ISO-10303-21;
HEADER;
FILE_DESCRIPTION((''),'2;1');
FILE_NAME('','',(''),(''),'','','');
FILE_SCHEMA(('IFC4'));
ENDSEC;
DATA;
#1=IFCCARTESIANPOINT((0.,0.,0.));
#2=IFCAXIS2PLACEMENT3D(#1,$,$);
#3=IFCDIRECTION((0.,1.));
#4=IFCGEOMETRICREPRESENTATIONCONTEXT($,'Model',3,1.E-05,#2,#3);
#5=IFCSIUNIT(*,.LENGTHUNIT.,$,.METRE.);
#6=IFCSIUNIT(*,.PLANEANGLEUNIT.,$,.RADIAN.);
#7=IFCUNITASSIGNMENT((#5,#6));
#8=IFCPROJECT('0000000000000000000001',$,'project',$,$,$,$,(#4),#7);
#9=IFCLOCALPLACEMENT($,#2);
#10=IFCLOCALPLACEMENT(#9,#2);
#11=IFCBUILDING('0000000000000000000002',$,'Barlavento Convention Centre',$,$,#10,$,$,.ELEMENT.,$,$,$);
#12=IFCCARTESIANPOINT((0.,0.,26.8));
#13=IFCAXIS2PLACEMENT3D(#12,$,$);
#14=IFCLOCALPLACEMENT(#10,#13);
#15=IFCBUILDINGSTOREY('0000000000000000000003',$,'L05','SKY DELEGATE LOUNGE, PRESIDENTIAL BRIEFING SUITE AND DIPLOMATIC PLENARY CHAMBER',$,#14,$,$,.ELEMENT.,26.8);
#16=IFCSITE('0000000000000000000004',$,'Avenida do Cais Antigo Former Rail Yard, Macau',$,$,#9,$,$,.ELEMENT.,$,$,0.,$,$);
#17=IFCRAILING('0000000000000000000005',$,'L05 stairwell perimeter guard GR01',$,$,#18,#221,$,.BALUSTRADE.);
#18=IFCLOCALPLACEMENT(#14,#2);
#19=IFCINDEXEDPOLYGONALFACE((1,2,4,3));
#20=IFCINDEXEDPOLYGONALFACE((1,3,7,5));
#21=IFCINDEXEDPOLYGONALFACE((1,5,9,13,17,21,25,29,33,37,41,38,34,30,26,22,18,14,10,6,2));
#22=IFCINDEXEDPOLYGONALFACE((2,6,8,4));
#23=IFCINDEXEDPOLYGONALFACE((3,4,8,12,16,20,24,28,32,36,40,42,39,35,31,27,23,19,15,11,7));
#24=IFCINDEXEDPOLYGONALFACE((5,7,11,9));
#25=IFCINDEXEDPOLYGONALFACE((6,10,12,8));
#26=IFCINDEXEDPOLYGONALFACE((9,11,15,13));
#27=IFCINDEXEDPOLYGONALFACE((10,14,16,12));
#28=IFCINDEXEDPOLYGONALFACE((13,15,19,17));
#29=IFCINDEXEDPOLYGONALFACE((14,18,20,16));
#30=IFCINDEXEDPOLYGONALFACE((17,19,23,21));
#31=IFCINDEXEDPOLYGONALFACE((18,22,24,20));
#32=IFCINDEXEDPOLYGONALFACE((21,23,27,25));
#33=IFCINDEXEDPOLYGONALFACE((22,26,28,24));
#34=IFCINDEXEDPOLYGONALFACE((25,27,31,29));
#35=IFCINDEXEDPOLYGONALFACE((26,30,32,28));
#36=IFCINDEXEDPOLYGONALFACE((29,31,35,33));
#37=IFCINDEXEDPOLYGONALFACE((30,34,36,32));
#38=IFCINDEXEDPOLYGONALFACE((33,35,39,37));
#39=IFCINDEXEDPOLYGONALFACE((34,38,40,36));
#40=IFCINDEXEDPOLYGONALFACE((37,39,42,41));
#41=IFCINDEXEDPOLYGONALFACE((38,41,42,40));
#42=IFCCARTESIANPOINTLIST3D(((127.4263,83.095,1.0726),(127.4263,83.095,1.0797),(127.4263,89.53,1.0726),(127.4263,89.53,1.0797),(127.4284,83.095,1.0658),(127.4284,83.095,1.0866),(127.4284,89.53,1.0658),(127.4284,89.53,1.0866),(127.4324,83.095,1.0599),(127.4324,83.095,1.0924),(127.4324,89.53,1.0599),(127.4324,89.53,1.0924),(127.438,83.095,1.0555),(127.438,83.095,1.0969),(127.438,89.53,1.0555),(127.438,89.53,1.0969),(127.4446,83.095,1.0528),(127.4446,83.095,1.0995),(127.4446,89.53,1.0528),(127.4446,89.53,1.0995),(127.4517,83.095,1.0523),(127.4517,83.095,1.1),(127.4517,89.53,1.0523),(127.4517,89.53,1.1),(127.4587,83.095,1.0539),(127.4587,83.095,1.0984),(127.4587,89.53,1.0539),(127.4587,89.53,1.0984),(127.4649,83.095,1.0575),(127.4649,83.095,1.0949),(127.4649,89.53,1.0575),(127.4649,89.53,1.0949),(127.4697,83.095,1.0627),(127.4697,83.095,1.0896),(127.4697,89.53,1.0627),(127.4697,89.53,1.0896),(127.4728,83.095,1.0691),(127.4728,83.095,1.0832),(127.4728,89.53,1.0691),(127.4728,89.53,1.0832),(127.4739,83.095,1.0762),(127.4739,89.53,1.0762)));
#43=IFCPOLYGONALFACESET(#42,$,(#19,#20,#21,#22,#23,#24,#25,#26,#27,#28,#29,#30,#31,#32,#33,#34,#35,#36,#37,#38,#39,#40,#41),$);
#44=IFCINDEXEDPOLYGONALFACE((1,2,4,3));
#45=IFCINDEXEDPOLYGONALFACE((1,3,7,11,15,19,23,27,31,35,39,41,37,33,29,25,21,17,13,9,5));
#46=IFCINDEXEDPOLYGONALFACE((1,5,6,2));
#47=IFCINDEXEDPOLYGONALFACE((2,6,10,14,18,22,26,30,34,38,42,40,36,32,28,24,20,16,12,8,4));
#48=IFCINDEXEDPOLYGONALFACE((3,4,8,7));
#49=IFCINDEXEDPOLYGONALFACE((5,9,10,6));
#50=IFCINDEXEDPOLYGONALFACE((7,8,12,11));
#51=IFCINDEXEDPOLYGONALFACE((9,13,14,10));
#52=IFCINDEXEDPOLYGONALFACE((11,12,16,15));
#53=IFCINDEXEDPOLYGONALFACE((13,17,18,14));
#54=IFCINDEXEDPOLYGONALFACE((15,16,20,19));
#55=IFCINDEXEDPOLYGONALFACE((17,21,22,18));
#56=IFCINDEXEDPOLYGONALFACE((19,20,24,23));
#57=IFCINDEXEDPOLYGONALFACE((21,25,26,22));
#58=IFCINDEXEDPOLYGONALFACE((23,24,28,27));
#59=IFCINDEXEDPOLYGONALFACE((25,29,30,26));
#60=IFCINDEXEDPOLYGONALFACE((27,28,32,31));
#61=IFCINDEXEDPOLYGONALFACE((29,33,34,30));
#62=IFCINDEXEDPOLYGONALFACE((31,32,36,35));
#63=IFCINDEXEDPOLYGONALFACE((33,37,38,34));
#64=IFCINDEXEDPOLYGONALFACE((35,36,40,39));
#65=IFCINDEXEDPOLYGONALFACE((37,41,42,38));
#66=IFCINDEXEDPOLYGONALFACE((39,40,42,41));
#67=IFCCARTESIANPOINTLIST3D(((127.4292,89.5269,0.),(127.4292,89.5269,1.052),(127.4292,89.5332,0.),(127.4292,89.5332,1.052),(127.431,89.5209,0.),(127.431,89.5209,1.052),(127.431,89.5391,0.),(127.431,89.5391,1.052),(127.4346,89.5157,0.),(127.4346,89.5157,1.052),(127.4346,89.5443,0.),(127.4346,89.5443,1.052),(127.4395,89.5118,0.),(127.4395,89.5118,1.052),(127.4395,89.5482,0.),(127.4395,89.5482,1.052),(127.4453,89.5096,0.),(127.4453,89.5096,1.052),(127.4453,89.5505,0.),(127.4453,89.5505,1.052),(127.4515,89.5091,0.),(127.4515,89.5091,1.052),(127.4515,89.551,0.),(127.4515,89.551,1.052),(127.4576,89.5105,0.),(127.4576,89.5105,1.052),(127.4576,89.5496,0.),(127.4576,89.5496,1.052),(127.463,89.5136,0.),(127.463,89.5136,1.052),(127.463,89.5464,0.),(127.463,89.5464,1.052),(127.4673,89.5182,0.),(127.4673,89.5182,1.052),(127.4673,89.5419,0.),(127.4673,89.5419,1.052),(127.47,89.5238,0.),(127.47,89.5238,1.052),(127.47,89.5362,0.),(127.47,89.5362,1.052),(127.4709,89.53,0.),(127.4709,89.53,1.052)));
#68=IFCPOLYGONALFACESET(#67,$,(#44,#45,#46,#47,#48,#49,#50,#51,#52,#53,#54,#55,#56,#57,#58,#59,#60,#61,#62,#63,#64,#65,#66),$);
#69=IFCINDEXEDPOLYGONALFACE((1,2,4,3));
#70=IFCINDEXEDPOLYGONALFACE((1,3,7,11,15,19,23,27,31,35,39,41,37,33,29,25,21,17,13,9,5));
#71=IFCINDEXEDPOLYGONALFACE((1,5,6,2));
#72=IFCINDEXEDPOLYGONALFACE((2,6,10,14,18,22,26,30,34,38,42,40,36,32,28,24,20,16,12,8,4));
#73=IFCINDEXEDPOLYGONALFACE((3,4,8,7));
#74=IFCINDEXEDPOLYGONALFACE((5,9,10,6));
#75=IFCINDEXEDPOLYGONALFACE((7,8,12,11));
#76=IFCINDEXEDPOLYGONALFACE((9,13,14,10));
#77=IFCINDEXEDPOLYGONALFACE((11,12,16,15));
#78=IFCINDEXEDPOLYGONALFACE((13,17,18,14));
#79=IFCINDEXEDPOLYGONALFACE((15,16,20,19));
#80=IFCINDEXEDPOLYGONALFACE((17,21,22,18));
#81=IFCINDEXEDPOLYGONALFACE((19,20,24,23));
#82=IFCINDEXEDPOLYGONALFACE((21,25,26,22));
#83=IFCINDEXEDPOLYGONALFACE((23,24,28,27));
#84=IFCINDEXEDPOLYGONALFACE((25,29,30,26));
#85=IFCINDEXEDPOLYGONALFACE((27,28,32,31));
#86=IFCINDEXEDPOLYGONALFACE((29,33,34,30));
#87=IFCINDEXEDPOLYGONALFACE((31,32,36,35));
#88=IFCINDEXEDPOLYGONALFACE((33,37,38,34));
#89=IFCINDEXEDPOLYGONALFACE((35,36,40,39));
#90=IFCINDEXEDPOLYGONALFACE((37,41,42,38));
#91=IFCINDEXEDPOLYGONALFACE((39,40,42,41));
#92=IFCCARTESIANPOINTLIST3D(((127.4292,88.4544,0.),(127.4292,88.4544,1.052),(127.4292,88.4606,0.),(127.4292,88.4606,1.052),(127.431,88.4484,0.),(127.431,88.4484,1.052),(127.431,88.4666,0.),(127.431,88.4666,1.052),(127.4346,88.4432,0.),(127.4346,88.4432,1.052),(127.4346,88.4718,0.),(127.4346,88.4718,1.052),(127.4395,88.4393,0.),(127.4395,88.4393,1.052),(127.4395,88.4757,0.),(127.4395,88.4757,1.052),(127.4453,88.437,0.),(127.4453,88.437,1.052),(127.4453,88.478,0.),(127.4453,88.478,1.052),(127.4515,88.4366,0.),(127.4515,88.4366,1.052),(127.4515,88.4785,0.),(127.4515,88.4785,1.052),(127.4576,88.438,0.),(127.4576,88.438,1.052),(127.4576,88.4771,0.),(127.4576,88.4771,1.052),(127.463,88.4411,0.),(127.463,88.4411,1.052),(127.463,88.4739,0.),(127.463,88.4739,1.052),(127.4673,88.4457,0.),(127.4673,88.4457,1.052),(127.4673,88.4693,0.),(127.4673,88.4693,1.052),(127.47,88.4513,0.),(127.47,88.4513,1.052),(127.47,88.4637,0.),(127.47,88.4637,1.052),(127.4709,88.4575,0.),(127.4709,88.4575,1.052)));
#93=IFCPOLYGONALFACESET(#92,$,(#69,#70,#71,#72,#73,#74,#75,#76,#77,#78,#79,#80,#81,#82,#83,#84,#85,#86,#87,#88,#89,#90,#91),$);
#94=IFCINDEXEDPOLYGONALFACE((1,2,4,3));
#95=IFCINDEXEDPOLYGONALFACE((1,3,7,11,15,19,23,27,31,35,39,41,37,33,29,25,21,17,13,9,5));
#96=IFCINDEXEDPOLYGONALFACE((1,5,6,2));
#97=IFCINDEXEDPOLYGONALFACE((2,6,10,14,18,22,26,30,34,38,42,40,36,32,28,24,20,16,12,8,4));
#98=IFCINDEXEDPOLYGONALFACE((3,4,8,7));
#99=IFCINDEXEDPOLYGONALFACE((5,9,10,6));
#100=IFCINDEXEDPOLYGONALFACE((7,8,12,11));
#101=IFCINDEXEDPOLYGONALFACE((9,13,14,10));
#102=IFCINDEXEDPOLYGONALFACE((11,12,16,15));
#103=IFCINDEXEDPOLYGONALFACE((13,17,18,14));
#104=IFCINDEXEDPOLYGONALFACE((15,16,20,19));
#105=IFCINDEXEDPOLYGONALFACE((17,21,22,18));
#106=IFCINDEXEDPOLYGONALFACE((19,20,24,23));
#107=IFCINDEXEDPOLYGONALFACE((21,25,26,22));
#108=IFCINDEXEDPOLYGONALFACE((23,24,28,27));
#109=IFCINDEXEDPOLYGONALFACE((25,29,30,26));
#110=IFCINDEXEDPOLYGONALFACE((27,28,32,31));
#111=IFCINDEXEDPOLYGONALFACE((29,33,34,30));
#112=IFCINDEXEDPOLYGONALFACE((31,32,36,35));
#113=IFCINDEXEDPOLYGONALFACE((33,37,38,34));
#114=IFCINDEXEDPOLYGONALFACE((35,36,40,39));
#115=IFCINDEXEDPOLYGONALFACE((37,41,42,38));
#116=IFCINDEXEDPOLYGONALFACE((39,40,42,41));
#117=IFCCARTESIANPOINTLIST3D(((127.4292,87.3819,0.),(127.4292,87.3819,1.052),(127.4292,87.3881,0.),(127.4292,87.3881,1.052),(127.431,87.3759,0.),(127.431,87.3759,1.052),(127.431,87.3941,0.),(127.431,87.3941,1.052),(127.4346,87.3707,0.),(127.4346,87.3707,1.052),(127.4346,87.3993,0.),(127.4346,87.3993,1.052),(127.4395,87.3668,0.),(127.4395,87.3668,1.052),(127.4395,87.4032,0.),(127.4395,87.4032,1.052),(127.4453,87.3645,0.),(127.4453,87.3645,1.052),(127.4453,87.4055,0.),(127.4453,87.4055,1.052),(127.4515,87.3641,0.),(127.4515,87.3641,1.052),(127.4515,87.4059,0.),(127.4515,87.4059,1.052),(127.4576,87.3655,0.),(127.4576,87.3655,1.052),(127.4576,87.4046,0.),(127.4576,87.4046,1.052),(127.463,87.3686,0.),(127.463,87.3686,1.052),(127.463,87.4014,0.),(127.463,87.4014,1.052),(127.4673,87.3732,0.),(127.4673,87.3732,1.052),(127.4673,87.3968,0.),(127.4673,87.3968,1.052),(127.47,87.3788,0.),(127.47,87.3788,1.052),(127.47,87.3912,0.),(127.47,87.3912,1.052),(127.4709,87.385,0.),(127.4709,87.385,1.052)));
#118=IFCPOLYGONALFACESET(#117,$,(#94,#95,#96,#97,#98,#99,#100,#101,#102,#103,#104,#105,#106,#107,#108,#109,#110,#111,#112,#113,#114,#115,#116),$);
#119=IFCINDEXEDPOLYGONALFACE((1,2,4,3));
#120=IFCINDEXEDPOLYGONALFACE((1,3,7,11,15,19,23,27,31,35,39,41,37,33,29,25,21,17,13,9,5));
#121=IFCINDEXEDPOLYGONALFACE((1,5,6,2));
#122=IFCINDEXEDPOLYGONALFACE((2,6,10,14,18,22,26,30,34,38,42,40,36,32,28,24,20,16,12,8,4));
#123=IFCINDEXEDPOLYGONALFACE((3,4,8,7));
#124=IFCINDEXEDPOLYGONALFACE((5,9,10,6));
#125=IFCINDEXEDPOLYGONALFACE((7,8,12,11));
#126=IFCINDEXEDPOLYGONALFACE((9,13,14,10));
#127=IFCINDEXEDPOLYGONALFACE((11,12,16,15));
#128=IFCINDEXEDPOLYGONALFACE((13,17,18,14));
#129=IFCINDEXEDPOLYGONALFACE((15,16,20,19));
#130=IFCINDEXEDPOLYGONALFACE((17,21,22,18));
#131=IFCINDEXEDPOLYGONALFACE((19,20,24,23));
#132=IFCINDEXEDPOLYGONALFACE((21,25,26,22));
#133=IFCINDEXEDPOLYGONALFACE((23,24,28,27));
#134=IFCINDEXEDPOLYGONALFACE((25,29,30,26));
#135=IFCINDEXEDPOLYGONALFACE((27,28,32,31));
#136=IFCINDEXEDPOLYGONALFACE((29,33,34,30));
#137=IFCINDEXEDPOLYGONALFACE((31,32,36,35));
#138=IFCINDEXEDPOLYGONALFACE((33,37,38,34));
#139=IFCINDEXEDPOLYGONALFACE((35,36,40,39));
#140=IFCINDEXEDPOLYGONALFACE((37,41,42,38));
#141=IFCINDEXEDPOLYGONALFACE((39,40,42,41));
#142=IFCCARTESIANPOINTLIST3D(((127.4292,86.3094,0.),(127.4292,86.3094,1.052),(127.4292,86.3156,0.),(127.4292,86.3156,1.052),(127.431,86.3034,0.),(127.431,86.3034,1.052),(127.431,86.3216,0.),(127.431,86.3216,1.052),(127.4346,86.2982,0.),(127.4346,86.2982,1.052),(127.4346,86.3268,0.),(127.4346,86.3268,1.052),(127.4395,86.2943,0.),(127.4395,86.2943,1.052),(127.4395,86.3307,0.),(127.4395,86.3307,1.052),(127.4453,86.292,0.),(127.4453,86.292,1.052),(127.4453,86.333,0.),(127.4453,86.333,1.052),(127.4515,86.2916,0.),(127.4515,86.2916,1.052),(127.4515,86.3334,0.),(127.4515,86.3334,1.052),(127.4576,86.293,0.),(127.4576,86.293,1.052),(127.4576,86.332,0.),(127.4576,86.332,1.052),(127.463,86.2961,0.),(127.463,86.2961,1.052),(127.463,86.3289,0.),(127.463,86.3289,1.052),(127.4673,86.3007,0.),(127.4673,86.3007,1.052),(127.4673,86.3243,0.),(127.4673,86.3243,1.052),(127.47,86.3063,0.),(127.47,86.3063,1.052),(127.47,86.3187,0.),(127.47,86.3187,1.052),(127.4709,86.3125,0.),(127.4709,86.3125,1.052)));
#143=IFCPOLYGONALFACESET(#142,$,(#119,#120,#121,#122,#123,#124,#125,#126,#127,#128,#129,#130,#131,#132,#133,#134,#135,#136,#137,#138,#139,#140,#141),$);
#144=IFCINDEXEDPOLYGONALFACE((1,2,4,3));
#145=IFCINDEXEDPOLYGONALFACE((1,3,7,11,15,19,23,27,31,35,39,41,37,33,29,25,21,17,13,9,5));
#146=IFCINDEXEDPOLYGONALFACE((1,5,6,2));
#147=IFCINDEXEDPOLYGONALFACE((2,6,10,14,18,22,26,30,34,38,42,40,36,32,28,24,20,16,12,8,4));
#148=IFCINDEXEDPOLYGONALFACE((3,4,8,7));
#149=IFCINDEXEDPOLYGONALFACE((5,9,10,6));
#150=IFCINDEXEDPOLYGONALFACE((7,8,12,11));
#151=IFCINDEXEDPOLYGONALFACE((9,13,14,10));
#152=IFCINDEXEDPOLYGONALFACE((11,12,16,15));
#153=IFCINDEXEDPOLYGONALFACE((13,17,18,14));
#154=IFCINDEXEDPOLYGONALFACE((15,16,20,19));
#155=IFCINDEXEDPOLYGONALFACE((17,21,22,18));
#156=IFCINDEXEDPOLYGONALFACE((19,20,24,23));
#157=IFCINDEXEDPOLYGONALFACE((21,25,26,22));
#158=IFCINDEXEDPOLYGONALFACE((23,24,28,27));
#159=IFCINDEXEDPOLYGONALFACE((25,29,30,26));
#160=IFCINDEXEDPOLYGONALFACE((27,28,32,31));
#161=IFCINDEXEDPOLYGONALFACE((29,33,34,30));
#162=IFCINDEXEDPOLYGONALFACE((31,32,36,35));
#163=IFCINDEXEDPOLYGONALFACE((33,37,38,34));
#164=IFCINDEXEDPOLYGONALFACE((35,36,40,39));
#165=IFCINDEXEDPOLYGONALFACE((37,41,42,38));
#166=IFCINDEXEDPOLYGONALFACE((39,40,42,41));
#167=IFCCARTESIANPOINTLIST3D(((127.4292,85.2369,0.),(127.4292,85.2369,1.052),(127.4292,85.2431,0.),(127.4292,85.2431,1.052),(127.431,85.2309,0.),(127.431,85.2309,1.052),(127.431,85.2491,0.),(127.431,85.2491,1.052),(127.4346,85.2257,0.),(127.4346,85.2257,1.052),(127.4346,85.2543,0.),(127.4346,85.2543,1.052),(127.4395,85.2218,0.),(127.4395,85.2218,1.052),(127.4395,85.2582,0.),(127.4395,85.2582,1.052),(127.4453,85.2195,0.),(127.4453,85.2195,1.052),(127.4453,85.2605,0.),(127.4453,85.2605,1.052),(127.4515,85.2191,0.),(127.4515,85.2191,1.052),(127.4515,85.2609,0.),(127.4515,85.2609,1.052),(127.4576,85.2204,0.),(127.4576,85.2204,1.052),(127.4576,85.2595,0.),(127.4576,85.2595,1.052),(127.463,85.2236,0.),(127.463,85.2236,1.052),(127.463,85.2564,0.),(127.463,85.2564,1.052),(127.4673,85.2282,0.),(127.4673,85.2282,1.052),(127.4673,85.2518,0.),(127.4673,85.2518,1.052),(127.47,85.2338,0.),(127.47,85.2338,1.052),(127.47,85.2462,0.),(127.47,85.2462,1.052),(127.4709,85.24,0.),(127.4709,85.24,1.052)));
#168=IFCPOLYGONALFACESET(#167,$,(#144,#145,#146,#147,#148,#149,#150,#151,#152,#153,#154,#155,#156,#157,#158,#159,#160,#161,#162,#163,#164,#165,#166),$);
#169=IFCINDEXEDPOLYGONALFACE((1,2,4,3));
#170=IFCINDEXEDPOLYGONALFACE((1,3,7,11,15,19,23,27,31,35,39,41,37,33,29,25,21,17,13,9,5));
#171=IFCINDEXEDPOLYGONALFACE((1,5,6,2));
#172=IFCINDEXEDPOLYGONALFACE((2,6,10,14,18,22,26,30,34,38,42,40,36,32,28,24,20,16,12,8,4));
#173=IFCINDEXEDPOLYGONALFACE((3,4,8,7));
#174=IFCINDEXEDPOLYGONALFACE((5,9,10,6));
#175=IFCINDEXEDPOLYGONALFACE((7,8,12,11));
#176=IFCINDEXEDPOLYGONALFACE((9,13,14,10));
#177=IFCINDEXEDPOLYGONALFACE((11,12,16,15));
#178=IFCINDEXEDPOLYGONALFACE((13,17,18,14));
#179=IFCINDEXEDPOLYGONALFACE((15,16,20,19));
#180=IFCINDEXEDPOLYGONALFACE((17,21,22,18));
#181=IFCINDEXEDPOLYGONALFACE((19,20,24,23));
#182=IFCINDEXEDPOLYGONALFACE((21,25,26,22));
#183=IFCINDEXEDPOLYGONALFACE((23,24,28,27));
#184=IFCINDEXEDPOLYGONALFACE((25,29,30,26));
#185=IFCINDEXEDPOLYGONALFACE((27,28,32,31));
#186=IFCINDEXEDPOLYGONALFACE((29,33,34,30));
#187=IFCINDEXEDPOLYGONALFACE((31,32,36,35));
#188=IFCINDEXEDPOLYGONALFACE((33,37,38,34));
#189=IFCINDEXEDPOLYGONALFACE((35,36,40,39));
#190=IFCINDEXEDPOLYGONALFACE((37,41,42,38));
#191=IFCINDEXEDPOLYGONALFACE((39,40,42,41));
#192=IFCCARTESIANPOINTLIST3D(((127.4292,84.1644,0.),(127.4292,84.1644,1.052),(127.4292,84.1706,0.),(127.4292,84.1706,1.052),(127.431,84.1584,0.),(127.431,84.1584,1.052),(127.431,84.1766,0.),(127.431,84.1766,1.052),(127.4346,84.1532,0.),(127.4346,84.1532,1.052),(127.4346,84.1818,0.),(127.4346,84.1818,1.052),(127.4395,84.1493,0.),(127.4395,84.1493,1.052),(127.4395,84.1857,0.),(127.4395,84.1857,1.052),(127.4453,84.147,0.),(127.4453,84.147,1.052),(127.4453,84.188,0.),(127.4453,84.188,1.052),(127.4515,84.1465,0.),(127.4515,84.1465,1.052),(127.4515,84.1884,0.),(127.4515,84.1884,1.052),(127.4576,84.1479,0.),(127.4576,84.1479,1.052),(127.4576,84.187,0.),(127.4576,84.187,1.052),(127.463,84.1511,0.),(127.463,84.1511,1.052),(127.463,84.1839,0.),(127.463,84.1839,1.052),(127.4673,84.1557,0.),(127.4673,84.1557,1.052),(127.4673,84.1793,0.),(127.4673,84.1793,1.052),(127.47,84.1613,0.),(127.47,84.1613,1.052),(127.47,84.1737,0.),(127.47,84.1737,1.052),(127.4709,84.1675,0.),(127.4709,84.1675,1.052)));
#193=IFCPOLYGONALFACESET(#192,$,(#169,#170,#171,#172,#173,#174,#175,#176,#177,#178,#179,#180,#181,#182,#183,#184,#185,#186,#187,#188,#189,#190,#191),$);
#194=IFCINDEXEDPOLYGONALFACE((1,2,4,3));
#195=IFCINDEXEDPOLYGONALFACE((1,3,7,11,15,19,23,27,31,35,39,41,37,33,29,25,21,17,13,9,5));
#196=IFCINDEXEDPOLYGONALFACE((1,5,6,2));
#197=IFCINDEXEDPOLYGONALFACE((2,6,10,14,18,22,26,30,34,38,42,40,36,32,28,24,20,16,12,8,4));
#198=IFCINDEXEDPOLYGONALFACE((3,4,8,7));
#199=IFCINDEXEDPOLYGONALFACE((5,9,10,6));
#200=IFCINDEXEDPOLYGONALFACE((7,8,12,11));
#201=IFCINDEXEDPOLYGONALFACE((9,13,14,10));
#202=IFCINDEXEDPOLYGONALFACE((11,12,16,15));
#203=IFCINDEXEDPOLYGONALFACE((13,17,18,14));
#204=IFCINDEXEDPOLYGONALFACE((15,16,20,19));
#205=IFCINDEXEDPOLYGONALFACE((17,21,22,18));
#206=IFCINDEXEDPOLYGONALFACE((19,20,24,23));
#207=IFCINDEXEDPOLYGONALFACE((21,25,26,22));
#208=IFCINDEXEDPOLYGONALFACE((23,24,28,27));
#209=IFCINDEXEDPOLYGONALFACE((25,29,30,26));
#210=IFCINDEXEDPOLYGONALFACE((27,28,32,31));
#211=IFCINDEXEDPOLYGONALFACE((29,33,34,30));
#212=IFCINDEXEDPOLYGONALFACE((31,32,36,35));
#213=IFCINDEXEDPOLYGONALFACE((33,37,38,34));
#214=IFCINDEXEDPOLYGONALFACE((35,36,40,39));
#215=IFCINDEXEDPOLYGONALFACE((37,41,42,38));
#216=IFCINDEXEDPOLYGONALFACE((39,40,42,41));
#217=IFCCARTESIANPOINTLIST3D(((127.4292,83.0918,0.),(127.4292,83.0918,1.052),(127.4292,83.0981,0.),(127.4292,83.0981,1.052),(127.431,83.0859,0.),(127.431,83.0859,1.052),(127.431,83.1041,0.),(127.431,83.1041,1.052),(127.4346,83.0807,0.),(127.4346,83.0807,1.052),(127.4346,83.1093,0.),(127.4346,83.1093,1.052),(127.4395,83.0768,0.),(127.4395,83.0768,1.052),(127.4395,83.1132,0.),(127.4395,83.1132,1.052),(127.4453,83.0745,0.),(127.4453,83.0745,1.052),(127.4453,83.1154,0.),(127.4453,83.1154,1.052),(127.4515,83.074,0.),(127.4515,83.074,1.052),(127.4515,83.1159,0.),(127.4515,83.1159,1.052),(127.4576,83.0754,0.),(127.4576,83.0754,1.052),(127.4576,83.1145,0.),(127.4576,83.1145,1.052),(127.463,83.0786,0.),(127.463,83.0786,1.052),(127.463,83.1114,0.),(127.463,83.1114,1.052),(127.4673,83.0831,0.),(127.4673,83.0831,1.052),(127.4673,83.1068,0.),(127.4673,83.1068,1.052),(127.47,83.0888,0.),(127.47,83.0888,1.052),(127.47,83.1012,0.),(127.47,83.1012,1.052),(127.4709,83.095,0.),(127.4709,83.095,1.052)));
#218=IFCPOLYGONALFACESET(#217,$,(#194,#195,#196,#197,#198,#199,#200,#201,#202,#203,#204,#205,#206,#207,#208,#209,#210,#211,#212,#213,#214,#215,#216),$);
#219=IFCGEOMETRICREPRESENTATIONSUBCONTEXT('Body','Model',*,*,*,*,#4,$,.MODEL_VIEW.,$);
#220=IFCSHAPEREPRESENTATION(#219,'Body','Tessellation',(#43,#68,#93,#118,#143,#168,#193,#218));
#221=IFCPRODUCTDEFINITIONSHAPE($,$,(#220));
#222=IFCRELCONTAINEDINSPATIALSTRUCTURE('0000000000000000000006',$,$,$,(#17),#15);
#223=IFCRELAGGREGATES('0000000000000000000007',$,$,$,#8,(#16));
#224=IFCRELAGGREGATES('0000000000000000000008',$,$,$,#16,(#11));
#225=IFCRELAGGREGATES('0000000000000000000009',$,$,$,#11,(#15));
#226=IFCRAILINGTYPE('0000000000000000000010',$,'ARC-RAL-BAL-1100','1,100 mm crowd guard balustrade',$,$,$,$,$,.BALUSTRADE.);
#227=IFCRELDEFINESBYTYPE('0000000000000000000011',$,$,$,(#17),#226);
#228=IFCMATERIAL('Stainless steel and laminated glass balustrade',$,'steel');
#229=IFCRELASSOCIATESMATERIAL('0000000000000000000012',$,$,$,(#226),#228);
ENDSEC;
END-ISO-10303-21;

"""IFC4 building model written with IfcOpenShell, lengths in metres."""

from ifc_helpers import new_model, si_unit, direction, frame, origin, origin_2d, place, context, subcontext, project, spatial, circle, extrude, material, type_object, element, save


model = new_model("IFC4")

# Units and contexts
model_context = context("Model", 3, precision=1e-05, world=origin(), true_north=direction((0.0, 1.0)))
body_context = subcontext(model_context, "Body", "Model", "MODEL_VIEW")
ifc_project = project(units=[si_unit("LENGTHUNIT", "METRE"), si_unit("PLANEANGLEUNIT", "RADIAN")], contexts=[model_context])

# Site, building, storey
site_placement = place(None, origin())
site = spatial("IfcSite", under=ifc_project, at=site_placement, Name="Avenida do Cais Antigo Former Rail Yard, Macau", CompositionType="ELEMENT", RefElevation=0.0)
building_placement = place(site_placement, origin())
building = spatial("IfcBuilding", under=site, at=building_placement, Name="Barlavento Convention Centre", CompositionType="ELEMENT")
storey_placement = place(building_placement, frame((0.0, 0.0, 26.8)))
storey = spatial("IfcBuildingStorey", under=building, at=storey_placement, Name="L05", Description="SKY DELEGATE LOUNGE, PRESIDENTIAL BRIEFING SUITE AND DIPLOMATIC PLENARY CHAMBER", CompositionType="ELEMENT", Elevation=26.8)

# Railing
ifc_material_1 = material(Name="Stainless steel and laminated glass balustrade", Category="steel")
railing_type = type_object("IfcRailingType", Name="ARC-RAL-BAL-1100", Description="1,100 mm crowd guard balustrade", PredefinedType="BALUSTRADE", material=ifc_material_1)
railing_1_placement = place(storey_placement, frame((127.45, 89.53, 0.0)))
element("IfcRailing", 1, at=railing_1_placement, inside=storey, type_object=railing_type, Name="L05 stairwell perimeter guard GR01", PredefinedType="BALUSTRADE", context=body_context, shape_type="SweptSolid", body=[
    extrude(circle(Radius=0.0239, at=origin_2d()), frame((0.0, 0.0, 1.0762), z_axis=(0.0, -1.0, 0.0), x_axis=(1.0, 0.0, 0.0)), (0.0, 0.0, 1.0), 6.4351),
    extrude(circle(Radius=0.021, at=origin_2d()), origin(), (0.0, 0.0, 1.0), 1.052),
    extrude(circle(Radius=0.021, at=origin_2d()), frame((0.0, -1.0725, 0.0)), (0.0, 0.0, 1.0), 1.052),
    extrude(circle(Radius=0.021, at=origin_2d()), frame((0.0, -2.145, 0.0)), (0.0, 0.0, 1.0), 1.052),
    extrude(circle(Radius=0.021, at=origin_2d()), frame((0.0, -3.2175, 0.0)), (0.0, 0.0, 1.0), 1.052),
    extrude(circle(Radius=0.021, at=origin_2d()), frame((0.0, -4.29, 0.0)), (0.0, 0.0, 1.0), 1.052),
    extrude(circle(Radius=0.021, at=origin_2d()), frame((0.0, -5.3625, 0.0)), (0.0, 0.0, 1.0), 1.052),
    extrude(circle(Radius=0.021, at=origin_2d()), frame((0.0, -6.4351, 0.0)), (0.0, 0.0, 1.0), 1.052),
])

save(model, "model.ifc")
